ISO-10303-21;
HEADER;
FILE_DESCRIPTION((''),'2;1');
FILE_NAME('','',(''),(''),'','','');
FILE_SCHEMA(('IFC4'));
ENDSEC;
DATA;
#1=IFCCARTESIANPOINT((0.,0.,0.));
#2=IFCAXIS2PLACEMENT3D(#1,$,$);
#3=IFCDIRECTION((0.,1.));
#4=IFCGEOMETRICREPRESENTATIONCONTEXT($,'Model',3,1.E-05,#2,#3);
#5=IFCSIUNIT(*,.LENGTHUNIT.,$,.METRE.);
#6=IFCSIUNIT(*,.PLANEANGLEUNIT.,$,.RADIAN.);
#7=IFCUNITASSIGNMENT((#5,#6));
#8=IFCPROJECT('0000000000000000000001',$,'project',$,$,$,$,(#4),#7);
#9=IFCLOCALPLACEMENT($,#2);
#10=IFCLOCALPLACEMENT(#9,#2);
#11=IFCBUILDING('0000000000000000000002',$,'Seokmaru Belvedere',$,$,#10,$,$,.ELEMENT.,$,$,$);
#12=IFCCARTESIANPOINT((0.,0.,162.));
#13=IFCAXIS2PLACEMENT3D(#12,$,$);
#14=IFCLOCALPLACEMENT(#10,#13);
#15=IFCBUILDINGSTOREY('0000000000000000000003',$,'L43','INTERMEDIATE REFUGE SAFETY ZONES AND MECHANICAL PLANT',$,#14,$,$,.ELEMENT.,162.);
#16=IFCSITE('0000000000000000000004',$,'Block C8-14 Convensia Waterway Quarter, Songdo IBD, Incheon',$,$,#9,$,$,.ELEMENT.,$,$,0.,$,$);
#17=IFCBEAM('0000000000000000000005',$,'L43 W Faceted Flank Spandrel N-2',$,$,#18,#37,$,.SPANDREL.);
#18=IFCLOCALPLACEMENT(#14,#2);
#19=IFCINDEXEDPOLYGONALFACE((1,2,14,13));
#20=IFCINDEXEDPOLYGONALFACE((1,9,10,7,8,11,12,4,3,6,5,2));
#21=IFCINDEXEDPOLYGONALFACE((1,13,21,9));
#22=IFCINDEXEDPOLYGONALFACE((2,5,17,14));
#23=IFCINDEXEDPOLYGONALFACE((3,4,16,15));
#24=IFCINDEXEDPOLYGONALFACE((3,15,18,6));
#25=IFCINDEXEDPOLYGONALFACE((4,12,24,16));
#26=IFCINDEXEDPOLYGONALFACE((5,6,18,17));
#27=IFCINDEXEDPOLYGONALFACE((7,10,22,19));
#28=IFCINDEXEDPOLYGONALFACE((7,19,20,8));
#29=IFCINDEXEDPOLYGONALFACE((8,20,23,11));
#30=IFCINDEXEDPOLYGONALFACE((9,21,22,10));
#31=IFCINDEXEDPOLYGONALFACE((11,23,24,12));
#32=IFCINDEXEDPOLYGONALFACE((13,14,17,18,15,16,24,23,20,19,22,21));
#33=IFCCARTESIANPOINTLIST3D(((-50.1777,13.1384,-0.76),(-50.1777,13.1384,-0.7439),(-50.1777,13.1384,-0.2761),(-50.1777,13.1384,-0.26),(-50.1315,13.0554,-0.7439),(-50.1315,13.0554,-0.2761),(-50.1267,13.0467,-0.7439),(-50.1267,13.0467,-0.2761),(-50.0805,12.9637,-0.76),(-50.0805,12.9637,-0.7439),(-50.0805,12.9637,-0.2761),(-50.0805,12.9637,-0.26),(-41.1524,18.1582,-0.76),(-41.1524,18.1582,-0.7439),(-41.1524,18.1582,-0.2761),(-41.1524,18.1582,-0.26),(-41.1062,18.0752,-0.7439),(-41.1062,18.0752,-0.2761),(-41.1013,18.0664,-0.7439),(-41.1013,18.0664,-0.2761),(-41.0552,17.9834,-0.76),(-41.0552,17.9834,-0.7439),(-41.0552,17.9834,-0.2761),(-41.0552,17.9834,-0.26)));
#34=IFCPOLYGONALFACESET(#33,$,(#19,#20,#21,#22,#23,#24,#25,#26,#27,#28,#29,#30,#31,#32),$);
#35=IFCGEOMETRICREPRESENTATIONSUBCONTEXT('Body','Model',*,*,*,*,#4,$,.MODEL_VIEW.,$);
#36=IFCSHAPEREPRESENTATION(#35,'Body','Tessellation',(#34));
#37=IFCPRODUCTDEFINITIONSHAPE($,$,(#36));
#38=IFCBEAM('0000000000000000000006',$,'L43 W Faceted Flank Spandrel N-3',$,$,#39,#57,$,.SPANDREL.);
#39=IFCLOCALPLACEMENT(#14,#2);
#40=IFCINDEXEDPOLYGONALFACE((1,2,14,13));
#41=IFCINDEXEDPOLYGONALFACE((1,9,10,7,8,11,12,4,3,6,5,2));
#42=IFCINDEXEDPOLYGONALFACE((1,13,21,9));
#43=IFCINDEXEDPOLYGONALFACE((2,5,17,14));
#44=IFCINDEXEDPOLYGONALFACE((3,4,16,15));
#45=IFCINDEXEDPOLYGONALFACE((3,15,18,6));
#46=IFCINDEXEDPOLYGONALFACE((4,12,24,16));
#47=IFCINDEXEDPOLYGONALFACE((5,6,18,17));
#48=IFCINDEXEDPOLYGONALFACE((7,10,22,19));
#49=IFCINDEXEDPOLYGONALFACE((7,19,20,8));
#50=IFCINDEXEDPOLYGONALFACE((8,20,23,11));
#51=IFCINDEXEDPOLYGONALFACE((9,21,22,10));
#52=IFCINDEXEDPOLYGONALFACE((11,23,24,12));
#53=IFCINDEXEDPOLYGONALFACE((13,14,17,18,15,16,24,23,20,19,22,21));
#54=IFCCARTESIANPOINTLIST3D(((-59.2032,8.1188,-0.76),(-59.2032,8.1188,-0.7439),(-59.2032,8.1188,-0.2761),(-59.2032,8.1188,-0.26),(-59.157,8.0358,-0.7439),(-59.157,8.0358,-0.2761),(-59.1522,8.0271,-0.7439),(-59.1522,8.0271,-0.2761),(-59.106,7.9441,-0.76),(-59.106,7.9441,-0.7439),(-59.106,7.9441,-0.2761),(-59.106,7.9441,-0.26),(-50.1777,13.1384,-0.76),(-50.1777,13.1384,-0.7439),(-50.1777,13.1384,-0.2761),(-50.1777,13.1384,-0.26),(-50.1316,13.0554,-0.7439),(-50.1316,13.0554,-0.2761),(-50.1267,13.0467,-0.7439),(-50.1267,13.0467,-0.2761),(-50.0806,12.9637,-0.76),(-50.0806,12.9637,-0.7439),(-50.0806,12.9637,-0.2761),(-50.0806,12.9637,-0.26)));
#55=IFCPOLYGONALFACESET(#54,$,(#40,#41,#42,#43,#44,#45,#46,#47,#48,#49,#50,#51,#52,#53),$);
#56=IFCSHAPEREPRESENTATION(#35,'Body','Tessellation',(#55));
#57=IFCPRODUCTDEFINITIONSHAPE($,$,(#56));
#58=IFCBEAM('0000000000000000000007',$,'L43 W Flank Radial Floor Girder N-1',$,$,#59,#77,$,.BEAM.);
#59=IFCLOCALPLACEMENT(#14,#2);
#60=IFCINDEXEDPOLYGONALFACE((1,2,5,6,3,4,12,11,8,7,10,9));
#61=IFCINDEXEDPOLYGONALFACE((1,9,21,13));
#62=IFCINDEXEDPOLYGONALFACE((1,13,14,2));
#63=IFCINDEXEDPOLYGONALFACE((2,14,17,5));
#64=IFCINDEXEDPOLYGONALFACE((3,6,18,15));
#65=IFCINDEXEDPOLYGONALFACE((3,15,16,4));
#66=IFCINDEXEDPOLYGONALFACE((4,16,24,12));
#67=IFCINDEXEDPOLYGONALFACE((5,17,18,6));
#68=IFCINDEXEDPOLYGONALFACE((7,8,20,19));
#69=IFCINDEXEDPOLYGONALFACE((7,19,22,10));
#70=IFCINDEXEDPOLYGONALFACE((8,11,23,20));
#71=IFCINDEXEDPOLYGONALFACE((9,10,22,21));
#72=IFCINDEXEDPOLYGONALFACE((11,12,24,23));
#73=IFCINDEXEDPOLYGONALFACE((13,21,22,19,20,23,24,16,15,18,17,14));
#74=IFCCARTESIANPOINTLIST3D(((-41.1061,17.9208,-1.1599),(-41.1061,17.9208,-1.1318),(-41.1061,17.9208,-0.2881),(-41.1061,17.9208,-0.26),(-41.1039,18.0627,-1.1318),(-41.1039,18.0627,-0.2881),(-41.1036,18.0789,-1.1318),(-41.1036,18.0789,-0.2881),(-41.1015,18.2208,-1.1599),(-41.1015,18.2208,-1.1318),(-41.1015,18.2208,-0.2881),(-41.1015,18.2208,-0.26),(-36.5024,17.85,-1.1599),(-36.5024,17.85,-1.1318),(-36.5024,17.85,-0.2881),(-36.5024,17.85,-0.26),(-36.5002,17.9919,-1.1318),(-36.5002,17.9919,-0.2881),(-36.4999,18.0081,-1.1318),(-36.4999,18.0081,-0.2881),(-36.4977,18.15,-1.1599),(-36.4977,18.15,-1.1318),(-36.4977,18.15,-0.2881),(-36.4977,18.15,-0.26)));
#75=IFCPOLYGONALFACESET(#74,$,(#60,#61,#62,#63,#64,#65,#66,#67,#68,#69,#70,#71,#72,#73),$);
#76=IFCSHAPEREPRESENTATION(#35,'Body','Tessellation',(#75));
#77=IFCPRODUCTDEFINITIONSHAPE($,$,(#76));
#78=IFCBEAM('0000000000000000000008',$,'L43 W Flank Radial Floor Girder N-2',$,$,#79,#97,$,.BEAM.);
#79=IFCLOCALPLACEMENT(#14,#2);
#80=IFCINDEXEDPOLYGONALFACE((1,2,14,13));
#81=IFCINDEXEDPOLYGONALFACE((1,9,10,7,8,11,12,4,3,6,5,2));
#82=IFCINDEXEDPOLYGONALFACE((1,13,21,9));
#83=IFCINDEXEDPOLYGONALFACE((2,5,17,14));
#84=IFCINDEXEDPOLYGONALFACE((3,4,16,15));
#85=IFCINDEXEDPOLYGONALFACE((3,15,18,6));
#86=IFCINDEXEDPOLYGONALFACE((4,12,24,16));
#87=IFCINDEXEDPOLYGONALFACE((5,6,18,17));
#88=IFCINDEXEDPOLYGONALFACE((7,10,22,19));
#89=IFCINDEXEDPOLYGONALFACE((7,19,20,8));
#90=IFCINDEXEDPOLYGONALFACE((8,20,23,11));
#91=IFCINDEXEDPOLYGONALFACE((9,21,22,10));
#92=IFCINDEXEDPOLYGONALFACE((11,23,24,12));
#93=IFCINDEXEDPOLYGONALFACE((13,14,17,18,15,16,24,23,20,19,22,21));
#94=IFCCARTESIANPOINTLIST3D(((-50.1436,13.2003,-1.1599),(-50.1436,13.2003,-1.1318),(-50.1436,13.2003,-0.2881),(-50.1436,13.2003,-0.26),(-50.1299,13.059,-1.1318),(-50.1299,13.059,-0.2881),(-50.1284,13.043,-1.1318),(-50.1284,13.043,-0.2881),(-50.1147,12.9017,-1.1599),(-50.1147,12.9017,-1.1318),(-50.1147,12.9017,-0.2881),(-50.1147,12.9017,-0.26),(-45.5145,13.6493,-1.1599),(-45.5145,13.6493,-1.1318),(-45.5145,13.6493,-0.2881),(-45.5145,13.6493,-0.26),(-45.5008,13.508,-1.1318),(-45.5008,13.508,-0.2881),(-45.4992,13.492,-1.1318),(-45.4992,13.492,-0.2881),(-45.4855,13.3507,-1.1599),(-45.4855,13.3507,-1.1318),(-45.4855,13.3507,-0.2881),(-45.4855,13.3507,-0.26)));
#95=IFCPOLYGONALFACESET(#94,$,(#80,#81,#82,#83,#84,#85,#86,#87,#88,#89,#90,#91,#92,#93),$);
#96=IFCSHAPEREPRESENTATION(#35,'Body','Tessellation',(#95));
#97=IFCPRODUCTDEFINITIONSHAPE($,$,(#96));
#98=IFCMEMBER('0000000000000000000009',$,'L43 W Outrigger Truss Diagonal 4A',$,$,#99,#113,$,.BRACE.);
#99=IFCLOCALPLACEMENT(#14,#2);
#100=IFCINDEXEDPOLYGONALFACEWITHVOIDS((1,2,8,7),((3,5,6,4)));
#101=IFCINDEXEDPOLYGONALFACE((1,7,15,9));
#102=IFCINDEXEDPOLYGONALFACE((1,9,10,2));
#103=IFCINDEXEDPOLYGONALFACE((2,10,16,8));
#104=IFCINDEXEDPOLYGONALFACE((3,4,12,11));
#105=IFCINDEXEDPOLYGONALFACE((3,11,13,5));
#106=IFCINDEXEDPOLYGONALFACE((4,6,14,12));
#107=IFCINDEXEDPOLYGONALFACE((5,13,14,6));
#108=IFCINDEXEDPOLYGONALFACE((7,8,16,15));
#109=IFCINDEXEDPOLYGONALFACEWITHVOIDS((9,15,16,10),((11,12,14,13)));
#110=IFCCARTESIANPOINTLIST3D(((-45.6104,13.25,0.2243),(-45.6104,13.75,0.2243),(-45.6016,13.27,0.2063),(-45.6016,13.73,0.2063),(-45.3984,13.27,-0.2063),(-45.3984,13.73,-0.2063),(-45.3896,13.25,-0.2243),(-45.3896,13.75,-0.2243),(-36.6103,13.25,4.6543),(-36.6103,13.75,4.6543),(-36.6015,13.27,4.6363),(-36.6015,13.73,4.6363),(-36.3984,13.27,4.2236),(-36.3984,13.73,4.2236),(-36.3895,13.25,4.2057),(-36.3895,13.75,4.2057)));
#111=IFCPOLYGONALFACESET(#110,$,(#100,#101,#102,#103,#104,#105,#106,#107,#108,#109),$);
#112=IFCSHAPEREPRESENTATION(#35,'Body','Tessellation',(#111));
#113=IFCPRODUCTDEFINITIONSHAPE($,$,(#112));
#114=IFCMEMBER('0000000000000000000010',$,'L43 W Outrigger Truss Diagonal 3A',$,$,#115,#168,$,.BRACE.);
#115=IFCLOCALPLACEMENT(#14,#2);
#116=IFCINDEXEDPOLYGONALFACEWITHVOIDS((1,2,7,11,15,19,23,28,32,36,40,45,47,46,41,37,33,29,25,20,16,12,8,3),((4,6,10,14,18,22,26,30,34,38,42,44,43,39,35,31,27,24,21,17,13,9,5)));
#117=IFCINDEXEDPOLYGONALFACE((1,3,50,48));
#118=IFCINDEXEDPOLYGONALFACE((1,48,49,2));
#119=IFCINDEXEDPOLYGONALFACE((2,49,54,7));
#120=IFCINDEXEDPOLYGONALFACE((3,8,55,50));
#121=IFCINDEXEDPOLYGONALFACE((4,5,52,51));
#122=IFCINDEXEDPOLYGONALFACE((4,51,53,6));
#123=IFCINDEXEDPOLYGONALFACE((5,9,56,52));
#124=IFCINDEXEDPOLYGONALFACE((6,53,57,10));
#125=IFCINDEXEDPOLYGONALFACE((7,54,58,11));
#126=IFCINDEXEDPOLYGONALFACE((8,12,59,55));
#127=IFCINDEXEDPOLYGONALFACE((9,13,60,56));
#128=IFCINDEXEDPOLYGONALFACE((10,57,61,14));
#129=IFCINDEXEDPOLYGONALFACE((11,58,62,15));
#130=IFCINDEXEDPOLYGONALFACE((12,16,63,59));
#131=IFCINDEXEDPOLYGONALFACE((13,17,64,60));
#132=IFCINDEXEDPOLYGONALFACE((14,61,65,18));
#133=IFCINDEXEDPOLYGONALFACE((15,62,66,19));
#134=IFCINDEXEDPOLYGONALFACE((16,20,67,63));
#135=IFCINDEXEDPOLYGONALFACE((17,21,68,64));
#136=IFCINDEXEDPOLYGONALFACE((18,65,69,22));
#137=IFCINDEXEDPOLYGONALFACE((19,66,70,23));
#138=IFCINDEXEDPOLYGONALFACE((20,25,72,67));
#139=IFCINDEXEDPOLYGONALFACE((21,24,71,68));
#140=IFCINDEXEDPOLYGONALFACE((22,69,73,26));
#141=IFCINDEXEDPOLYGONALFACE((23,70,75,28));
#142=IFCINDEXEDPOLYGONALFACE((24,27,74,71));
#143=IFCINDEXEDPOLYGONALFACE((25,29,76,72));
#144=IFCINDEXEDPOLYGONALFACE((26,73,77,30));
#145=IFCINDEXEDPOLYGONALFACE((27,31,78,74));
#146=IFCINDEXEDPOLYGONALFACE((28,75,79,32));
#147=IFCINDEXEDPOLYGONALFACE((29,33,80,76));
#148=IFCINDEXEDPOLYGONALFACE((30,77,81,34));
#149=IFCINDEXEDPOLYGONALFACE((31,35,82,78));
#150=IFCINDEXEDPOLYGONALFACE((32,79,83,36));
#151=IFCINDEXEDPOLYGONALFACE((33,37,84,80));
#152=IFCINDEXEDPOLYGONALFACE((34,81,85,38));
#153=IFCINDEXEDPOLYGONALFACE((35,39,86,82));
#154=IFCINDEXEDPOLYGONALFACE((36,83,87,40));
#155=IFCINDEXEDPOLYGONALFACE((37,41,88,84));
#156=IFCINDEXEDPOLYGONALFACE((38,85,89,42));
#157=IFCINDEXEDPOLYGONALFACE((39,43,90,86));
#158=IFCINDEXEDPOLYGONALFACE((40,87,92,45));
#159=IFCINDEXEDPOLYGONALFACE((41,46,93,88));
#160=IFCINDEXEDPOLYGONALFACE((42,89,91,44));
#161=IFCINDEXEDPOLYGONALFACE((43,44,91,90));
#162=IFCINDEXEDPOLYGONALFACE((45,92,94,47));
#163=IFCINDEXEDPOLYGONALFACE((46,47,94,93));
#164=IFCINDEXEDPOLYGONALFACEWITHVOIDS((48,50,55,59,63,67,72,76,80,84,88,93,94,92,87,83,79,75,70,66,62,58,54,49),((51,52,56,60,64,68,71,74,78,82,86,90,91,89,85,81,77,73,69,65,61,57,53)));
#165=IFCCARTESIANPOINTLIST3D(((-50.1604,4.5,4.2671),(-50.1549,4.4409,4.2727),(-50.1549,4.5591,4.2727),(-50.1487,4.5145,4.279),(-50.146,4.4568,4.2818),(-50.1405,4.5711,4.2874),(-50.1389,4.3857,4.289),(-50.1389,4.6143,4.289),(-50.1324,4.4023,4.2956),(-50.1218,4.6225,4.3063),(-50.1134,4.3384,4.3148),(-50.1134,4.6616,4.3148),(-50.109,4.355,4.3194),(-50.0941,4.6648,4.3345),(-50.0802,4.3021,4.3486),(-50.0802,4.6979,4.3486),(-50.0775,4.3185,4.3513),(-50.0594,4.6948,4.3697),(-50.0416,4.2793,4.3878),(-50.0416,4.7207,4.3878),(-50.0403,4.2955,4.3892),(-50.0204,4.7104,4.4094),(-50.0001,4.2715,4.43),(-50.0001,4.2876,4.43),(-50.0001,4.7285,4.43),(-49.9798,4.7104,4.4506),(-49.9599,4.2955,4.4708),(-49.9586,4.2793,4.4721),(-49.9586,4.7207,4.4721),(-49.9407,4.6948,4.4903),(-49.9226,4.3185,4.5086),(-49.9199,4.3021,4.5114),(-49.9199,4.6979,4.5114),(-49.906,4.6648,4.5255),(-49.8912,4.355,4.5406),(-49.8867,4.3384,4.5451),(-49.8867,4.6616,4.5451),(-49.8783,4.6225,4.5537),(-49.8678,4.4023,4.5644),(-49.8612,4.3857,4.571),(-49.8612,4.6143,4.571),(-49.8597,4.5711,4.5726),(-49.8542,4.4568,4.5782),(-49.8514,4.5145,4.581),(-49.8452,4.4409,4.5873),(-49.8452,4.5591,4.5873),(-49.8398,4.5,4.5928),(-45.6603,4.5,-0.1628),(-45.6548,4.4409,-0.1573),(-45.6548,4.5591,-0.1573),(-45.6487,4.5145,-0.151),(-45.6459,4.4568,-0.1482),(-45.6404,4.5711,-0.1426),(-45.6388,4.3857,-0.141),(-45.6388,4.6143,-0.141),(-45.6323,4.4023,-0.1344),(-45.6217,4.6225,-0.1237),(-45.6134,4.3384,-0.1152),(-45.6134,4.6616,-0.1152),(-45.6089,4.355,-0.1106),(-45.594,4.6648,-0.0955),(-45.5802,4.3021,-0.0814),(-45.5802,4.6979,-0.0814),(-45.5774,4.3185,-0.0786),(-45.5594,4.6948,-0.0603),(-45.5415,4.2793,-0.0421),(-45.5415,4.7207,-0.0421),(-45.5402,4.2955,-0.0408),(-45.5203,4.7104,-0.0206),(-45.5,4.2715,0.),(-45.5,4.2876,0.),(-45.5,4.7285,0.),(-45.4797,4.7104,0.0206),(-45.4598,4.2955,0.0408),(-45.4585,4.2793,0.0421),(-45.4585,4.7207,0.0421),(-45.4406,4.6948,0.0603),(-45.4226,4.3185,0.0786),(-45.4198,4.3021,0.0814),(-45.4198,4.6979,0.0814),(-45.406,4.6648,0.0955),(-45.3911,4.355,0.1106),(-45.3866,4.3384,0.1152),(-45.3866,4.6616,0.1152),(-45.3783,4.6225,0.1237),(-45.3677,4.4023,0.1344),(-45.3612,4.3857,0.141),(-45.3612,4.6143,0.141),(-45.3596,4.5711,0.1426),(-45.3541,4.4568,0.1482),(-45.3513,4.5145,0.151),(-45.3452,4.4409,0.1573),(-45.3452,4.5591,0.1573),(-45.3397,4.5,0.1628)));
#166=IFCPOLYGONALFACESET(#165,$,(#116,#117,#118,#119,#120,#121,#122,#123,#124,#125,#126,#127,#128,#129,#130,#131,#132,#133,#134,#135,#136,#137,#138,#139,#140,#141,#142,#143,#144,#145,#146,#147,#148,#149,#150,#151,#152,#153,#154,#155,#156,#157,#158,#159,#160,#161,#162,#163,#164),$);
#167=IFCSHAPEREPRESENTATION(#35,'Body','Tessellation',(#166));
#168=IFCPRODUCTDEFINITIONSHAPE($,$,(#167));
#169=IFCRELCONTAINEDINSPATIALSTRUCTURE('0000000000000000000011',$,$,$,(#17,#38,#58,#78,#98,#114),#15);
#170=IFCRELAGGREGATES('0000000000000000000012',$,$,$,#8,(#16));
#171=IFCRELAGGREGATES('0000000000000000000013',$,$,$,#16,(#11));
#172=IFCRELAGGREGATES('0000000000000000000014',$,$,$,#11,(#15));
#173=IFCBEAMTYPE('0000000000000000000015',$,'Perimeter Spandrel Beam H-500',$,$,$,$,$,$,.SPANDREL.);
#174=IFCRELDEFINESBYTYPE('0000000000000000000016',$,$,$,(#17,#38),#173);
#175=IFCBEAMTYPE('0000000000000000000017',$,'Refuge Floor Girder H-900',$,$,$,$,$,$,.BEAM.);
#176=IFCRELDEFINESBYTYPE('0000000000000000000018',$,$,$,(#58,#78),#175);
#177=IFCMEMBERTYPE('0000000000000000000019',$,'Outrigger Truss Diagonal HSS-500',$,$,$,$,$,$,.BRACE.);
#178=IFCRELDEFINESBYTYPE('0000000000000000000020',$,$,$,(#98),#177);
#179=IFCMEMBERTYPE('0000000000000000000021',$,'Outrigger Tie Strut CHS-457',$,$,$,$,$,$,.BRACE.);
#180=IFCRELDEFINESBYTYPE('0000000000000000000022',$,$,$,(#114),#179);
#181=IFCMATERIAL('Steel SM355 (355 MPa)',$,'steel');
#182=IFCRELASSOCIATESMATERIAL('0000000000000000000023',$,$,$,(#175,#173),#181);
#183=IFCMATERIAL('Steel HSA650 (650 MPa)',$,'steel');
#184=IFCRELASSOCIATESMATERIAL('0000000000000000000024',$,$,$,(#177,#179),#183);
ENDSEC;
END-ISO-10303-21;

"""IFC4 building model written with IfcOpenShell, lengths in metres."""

from ifc_helpers import new_model, si_unit, direction, frame, origin, origin_2d, place, context, subcontext, project, spatial, hollow_rectangle, hollow_circle, i_section, extrude, source, transform, mapped, material, material_profile, profile_set, type_object, type_shapes, element, save


model = new_model("IFC4")

# Units and contexts
model_context = context("Model", 3, precision=1e-05, world=origin(), true_north=direction((0.0, 1.0)))
body_context = subcontext(model_context, "Body", "Model", "MODEL_VIEW")
ifc_project = project(units=[si_unit("LENGTHUNIT", "METRE"), si_unit("PLANEANGLEUNIT", "RADIAN")], contexts=[model_context])

# Site, building, storey
site_placement = place(None, origin())
site = spatial("IfcSite", under=ifc_project, at=site_placement, Name="Block C8-14 Convensia Waterway Quarter, Songdo IBD, Incheon", CompositionType="ELEMENT", RefElevation=0.0)
building_placement = place(site_placement, origin())
building = spatial("IfcBuilding", under=site, at=building_placement, Name="Seokmaru Belvedere", CompositionType="ELEMENT")
storey_placement = place(building_placement, frame((0.0, 0.0, 162.0)))
storey = spatial("IfcBuildingStorey", under=building, at=storey_placement, Name="L43", Description="INTERMEDIATE REFUGE SAFETY ZONES AND MECHANICAL PLANT", CompositionType="ELEMENT", Elevation=162.0)

# Shared definitions
ifc_material_1 = material(Name="Steel SM355 (355 MPa)", Category="steel")

# Beams
ifc_material_profile_1 = material_profile(ifc_material_1, i_section(OverallWidth=0.3, OverallDepth=0.8999, WebThickness=0.0161, FlangeThickness=0.0281, at=origin_2d()), Name="H-900x300x16x28")
ifc_profile_set_1 = profile_set([ifc_material_profile_1], Name="Steel SM355 (355 MPa)")
beam_type_1 = type_object("IfcBeamType", Name="Refuge Floor Girder H-900", PredefinedType="BEAM", material=ifc_profile_set_1)
ifc_material_profile_2 = material_profile(ifc_material_1, i_section(OverallWidth=0.2, OverallDepth=0.5, WebThickness=0.01, FlangeThickness=0.0161, at=origin_2d()), Name="H-500x200x10x16")
ifc_profile_set_2 = profile_set([ifc_material_profile_2], Name="Steel SM355 (355 MPa)")
beam_type_2 = type_object("IfcBeamType", Name="Perimeter Spandrel Beam H-500", PredefinedType="SPANDREL", material=ifc_profile_set_2)
shared_shape_1 = source(origin(), body_context, "Body", "SweptSolid", [
    extrude(i_section(OverallWidth=0.2, OverallDepth=0.5, WebThickness=0.01, FlangeThickness=0.0161, at=origin_2d()), origin(), (0.0, 0.0, 1.0), 10.3274),
])
type_shapes(beam_type_2, [shared_shape_1])
for number, where, z_axis, x_axis, name in (
    (1, (-41.1038, 18.0708, -0.51), (-0.873924, -0.486062, 0.0), (0.486062, -0.873924, 0.0), "L43 W Faceted Flank Spandrel N-2"),
    (2, (-50.1292, 13.051, -0.51), (-0.873934, -0.486044, 0.0), (0.486044, -0.873934, 0.0), "L43 W Faceted Flank Spandrel N-3"),
):
    element("IfcBeam", number, at=place(storey_placement, frame(where, z_axis=z_axis, x_axis=x_axis)), inside=storey, type_object=beam_type_2, Name=name, PredefinedType="SPANDREL", context=body_context, shape_type="MappedRepresentation", body=[
        mapped(shared_shape_1, transform((0.0, 0.0, 0.0), scale=1.0)),
    ])
shared_shape_2 = source(origin(), body_context, "Body", "SweptSolid", [
    extrude(i_section(OverallWidth=0.3, OverallDepth=0.8999, WebThickness=0.0161, FlangeThickness=0.0281, at=origin_2d()), origin(), (0.0, 0.0, 1.0), 4.6042),
])
beam_1_placement = place(storey_placement, frame((-41.1038, 18.0708, -0.71), z_axis=(0.999882, -0.015377, 0.0), x_axis=(0.015377, 0.999882, 0.0)))
element("IfcBeam", 3, at=beam_1_placement, inside=storey, type_object=beam_type_1, Name="L43 W Flank Radial Floor Girder N-1", PredefinedType="BEAM", context=body_context, shape_type="MappedRepresentation", body=[
    mapped(shared_shape_2, transform((0.0, 0.0, 0.0), scale=1.0)),
])
shared_shape_3 = source(origin(), body_context, "Body", "SweptSolid", [
    extrude(i_section(OverallWidth=0.3, OverallDepth=0.8999, WebThickness=0.0161, FlangeThickness=0.0281, at=origin_2d()), origin(), (0.0, 0.0, 1.0), 4.6509),
])
beam_2_placement = place(storey_placement, frame((-50.1292, 13.051, -0.71), z_axis=(0.99533, 0.096536, 0.0), x_axis=(-0.096536, 0.99533, 0.0)))
element("IfcBeam", 4, at=beam_2_placement, inside=storey, type_object=beam_type_1, Name="L43 W Flank Radial Floor Girder N-2", PredefinedType="BEAM", context=body_context, shape_type="MappedRepresentation", body=[
    mapped(shared_shape_3, transform((0.0, 0.0, 0.0), scale=1.0)),
])

# Members
ifc_material_2 = material(Name="Steel HSA650 (650 MPa)", Category="steel")
ifc_material_profile_3 = material_profile(ifc_material_2, hollow_rectangle(XDim=0.5, YDim=0.5, WallThickness=0.02, at=origin_2d()), Name="HSS-500x500x20")
ifc_profile_set_3 = profile_set([ifc_material_profile_3], Name="Steel HSA650 (650 MPa)")
member_type_1 = type_object("IfcMemberType", Name="Outrigger Truss Diagonal HSS-500", PredefinedType="BRACE", material=ifc_profile_set_3)
shared_shape_4 = source(origin(), body_context, "Body", "SweptSolid", [
    extrude(hollow_rectangle(XDim=0.5, YDim=0.5, WallThickness=0.02, at=origin_2d()), origin(), (0.0, 0.0, 1.0), 10.0312),
])
type_shapes(member_type_1, [shared_shape_4])
member_1_placement = place(storey_placement, frame((-45.5, 13.5, 0.0), z_axis=(0.897204, 0.0, 0.441617), x_axis=(0.0, 1.0, 0.0)))
element("IfcMember", 5, at=member_1_placement, inside=storey, type_object=member_type_1, Name="L43 W Outrigger Truss Diagonal 4A", PredefinedType="BRACE", context=body_context, shape_type="MappedRepresentation", body=[
    mapped(shared_shape_4, transform((0.0, 0.0, 0.0), scale=1.0)),
])
ifc_material_profile_4 = material_profile(ifc_material_2, hollow_circle(Radius=0.2285, WallThickness=0.0161, at=origin_2d()), Name="CHS-457.2x16.0")
ifc_profile_set_4 = profile_set([ifc_material_profile_4], Name="Steel HSA650 (650 MPa)")
member_type_2 = type_object("IfcMemberType", Name="Outrigger Tie Strut CHS-457", PredefinedType="BRACE", material=ifc_profile_set_4)
shared_shape_5 = source(origin(), body_context, "Body", "SweptSolid", [
    extrude(hollow_circle(Radius=0.2285, WallThickness=0.0161, at=origin_2d()), origin(), (0.0, 0.0, 1.0), 6.3147),
])
type_shapes(member_type_2, [shared_shape_5])
member_2_placement = place(storey_placement, frame((-45.5, 4.5, 0.0), z_axis=(-0.712633, 0.0, 0.701537), x_axis=(0.0, -1.0, 0.0)))
element("IfcMember", 6, at=member_2_placement, inside=storey, type_object=member_type_2, Name="L43 W Outrigger Truss Diagonal 3A", PredefinedType="BRACE", context=body_context, shape_type="MappedRepresentation", body=[
    mapped(shared_shape_5, transform((0.0, 0.0, 0.0), scale=1.0)),
])

save(model, "model.ifc")
